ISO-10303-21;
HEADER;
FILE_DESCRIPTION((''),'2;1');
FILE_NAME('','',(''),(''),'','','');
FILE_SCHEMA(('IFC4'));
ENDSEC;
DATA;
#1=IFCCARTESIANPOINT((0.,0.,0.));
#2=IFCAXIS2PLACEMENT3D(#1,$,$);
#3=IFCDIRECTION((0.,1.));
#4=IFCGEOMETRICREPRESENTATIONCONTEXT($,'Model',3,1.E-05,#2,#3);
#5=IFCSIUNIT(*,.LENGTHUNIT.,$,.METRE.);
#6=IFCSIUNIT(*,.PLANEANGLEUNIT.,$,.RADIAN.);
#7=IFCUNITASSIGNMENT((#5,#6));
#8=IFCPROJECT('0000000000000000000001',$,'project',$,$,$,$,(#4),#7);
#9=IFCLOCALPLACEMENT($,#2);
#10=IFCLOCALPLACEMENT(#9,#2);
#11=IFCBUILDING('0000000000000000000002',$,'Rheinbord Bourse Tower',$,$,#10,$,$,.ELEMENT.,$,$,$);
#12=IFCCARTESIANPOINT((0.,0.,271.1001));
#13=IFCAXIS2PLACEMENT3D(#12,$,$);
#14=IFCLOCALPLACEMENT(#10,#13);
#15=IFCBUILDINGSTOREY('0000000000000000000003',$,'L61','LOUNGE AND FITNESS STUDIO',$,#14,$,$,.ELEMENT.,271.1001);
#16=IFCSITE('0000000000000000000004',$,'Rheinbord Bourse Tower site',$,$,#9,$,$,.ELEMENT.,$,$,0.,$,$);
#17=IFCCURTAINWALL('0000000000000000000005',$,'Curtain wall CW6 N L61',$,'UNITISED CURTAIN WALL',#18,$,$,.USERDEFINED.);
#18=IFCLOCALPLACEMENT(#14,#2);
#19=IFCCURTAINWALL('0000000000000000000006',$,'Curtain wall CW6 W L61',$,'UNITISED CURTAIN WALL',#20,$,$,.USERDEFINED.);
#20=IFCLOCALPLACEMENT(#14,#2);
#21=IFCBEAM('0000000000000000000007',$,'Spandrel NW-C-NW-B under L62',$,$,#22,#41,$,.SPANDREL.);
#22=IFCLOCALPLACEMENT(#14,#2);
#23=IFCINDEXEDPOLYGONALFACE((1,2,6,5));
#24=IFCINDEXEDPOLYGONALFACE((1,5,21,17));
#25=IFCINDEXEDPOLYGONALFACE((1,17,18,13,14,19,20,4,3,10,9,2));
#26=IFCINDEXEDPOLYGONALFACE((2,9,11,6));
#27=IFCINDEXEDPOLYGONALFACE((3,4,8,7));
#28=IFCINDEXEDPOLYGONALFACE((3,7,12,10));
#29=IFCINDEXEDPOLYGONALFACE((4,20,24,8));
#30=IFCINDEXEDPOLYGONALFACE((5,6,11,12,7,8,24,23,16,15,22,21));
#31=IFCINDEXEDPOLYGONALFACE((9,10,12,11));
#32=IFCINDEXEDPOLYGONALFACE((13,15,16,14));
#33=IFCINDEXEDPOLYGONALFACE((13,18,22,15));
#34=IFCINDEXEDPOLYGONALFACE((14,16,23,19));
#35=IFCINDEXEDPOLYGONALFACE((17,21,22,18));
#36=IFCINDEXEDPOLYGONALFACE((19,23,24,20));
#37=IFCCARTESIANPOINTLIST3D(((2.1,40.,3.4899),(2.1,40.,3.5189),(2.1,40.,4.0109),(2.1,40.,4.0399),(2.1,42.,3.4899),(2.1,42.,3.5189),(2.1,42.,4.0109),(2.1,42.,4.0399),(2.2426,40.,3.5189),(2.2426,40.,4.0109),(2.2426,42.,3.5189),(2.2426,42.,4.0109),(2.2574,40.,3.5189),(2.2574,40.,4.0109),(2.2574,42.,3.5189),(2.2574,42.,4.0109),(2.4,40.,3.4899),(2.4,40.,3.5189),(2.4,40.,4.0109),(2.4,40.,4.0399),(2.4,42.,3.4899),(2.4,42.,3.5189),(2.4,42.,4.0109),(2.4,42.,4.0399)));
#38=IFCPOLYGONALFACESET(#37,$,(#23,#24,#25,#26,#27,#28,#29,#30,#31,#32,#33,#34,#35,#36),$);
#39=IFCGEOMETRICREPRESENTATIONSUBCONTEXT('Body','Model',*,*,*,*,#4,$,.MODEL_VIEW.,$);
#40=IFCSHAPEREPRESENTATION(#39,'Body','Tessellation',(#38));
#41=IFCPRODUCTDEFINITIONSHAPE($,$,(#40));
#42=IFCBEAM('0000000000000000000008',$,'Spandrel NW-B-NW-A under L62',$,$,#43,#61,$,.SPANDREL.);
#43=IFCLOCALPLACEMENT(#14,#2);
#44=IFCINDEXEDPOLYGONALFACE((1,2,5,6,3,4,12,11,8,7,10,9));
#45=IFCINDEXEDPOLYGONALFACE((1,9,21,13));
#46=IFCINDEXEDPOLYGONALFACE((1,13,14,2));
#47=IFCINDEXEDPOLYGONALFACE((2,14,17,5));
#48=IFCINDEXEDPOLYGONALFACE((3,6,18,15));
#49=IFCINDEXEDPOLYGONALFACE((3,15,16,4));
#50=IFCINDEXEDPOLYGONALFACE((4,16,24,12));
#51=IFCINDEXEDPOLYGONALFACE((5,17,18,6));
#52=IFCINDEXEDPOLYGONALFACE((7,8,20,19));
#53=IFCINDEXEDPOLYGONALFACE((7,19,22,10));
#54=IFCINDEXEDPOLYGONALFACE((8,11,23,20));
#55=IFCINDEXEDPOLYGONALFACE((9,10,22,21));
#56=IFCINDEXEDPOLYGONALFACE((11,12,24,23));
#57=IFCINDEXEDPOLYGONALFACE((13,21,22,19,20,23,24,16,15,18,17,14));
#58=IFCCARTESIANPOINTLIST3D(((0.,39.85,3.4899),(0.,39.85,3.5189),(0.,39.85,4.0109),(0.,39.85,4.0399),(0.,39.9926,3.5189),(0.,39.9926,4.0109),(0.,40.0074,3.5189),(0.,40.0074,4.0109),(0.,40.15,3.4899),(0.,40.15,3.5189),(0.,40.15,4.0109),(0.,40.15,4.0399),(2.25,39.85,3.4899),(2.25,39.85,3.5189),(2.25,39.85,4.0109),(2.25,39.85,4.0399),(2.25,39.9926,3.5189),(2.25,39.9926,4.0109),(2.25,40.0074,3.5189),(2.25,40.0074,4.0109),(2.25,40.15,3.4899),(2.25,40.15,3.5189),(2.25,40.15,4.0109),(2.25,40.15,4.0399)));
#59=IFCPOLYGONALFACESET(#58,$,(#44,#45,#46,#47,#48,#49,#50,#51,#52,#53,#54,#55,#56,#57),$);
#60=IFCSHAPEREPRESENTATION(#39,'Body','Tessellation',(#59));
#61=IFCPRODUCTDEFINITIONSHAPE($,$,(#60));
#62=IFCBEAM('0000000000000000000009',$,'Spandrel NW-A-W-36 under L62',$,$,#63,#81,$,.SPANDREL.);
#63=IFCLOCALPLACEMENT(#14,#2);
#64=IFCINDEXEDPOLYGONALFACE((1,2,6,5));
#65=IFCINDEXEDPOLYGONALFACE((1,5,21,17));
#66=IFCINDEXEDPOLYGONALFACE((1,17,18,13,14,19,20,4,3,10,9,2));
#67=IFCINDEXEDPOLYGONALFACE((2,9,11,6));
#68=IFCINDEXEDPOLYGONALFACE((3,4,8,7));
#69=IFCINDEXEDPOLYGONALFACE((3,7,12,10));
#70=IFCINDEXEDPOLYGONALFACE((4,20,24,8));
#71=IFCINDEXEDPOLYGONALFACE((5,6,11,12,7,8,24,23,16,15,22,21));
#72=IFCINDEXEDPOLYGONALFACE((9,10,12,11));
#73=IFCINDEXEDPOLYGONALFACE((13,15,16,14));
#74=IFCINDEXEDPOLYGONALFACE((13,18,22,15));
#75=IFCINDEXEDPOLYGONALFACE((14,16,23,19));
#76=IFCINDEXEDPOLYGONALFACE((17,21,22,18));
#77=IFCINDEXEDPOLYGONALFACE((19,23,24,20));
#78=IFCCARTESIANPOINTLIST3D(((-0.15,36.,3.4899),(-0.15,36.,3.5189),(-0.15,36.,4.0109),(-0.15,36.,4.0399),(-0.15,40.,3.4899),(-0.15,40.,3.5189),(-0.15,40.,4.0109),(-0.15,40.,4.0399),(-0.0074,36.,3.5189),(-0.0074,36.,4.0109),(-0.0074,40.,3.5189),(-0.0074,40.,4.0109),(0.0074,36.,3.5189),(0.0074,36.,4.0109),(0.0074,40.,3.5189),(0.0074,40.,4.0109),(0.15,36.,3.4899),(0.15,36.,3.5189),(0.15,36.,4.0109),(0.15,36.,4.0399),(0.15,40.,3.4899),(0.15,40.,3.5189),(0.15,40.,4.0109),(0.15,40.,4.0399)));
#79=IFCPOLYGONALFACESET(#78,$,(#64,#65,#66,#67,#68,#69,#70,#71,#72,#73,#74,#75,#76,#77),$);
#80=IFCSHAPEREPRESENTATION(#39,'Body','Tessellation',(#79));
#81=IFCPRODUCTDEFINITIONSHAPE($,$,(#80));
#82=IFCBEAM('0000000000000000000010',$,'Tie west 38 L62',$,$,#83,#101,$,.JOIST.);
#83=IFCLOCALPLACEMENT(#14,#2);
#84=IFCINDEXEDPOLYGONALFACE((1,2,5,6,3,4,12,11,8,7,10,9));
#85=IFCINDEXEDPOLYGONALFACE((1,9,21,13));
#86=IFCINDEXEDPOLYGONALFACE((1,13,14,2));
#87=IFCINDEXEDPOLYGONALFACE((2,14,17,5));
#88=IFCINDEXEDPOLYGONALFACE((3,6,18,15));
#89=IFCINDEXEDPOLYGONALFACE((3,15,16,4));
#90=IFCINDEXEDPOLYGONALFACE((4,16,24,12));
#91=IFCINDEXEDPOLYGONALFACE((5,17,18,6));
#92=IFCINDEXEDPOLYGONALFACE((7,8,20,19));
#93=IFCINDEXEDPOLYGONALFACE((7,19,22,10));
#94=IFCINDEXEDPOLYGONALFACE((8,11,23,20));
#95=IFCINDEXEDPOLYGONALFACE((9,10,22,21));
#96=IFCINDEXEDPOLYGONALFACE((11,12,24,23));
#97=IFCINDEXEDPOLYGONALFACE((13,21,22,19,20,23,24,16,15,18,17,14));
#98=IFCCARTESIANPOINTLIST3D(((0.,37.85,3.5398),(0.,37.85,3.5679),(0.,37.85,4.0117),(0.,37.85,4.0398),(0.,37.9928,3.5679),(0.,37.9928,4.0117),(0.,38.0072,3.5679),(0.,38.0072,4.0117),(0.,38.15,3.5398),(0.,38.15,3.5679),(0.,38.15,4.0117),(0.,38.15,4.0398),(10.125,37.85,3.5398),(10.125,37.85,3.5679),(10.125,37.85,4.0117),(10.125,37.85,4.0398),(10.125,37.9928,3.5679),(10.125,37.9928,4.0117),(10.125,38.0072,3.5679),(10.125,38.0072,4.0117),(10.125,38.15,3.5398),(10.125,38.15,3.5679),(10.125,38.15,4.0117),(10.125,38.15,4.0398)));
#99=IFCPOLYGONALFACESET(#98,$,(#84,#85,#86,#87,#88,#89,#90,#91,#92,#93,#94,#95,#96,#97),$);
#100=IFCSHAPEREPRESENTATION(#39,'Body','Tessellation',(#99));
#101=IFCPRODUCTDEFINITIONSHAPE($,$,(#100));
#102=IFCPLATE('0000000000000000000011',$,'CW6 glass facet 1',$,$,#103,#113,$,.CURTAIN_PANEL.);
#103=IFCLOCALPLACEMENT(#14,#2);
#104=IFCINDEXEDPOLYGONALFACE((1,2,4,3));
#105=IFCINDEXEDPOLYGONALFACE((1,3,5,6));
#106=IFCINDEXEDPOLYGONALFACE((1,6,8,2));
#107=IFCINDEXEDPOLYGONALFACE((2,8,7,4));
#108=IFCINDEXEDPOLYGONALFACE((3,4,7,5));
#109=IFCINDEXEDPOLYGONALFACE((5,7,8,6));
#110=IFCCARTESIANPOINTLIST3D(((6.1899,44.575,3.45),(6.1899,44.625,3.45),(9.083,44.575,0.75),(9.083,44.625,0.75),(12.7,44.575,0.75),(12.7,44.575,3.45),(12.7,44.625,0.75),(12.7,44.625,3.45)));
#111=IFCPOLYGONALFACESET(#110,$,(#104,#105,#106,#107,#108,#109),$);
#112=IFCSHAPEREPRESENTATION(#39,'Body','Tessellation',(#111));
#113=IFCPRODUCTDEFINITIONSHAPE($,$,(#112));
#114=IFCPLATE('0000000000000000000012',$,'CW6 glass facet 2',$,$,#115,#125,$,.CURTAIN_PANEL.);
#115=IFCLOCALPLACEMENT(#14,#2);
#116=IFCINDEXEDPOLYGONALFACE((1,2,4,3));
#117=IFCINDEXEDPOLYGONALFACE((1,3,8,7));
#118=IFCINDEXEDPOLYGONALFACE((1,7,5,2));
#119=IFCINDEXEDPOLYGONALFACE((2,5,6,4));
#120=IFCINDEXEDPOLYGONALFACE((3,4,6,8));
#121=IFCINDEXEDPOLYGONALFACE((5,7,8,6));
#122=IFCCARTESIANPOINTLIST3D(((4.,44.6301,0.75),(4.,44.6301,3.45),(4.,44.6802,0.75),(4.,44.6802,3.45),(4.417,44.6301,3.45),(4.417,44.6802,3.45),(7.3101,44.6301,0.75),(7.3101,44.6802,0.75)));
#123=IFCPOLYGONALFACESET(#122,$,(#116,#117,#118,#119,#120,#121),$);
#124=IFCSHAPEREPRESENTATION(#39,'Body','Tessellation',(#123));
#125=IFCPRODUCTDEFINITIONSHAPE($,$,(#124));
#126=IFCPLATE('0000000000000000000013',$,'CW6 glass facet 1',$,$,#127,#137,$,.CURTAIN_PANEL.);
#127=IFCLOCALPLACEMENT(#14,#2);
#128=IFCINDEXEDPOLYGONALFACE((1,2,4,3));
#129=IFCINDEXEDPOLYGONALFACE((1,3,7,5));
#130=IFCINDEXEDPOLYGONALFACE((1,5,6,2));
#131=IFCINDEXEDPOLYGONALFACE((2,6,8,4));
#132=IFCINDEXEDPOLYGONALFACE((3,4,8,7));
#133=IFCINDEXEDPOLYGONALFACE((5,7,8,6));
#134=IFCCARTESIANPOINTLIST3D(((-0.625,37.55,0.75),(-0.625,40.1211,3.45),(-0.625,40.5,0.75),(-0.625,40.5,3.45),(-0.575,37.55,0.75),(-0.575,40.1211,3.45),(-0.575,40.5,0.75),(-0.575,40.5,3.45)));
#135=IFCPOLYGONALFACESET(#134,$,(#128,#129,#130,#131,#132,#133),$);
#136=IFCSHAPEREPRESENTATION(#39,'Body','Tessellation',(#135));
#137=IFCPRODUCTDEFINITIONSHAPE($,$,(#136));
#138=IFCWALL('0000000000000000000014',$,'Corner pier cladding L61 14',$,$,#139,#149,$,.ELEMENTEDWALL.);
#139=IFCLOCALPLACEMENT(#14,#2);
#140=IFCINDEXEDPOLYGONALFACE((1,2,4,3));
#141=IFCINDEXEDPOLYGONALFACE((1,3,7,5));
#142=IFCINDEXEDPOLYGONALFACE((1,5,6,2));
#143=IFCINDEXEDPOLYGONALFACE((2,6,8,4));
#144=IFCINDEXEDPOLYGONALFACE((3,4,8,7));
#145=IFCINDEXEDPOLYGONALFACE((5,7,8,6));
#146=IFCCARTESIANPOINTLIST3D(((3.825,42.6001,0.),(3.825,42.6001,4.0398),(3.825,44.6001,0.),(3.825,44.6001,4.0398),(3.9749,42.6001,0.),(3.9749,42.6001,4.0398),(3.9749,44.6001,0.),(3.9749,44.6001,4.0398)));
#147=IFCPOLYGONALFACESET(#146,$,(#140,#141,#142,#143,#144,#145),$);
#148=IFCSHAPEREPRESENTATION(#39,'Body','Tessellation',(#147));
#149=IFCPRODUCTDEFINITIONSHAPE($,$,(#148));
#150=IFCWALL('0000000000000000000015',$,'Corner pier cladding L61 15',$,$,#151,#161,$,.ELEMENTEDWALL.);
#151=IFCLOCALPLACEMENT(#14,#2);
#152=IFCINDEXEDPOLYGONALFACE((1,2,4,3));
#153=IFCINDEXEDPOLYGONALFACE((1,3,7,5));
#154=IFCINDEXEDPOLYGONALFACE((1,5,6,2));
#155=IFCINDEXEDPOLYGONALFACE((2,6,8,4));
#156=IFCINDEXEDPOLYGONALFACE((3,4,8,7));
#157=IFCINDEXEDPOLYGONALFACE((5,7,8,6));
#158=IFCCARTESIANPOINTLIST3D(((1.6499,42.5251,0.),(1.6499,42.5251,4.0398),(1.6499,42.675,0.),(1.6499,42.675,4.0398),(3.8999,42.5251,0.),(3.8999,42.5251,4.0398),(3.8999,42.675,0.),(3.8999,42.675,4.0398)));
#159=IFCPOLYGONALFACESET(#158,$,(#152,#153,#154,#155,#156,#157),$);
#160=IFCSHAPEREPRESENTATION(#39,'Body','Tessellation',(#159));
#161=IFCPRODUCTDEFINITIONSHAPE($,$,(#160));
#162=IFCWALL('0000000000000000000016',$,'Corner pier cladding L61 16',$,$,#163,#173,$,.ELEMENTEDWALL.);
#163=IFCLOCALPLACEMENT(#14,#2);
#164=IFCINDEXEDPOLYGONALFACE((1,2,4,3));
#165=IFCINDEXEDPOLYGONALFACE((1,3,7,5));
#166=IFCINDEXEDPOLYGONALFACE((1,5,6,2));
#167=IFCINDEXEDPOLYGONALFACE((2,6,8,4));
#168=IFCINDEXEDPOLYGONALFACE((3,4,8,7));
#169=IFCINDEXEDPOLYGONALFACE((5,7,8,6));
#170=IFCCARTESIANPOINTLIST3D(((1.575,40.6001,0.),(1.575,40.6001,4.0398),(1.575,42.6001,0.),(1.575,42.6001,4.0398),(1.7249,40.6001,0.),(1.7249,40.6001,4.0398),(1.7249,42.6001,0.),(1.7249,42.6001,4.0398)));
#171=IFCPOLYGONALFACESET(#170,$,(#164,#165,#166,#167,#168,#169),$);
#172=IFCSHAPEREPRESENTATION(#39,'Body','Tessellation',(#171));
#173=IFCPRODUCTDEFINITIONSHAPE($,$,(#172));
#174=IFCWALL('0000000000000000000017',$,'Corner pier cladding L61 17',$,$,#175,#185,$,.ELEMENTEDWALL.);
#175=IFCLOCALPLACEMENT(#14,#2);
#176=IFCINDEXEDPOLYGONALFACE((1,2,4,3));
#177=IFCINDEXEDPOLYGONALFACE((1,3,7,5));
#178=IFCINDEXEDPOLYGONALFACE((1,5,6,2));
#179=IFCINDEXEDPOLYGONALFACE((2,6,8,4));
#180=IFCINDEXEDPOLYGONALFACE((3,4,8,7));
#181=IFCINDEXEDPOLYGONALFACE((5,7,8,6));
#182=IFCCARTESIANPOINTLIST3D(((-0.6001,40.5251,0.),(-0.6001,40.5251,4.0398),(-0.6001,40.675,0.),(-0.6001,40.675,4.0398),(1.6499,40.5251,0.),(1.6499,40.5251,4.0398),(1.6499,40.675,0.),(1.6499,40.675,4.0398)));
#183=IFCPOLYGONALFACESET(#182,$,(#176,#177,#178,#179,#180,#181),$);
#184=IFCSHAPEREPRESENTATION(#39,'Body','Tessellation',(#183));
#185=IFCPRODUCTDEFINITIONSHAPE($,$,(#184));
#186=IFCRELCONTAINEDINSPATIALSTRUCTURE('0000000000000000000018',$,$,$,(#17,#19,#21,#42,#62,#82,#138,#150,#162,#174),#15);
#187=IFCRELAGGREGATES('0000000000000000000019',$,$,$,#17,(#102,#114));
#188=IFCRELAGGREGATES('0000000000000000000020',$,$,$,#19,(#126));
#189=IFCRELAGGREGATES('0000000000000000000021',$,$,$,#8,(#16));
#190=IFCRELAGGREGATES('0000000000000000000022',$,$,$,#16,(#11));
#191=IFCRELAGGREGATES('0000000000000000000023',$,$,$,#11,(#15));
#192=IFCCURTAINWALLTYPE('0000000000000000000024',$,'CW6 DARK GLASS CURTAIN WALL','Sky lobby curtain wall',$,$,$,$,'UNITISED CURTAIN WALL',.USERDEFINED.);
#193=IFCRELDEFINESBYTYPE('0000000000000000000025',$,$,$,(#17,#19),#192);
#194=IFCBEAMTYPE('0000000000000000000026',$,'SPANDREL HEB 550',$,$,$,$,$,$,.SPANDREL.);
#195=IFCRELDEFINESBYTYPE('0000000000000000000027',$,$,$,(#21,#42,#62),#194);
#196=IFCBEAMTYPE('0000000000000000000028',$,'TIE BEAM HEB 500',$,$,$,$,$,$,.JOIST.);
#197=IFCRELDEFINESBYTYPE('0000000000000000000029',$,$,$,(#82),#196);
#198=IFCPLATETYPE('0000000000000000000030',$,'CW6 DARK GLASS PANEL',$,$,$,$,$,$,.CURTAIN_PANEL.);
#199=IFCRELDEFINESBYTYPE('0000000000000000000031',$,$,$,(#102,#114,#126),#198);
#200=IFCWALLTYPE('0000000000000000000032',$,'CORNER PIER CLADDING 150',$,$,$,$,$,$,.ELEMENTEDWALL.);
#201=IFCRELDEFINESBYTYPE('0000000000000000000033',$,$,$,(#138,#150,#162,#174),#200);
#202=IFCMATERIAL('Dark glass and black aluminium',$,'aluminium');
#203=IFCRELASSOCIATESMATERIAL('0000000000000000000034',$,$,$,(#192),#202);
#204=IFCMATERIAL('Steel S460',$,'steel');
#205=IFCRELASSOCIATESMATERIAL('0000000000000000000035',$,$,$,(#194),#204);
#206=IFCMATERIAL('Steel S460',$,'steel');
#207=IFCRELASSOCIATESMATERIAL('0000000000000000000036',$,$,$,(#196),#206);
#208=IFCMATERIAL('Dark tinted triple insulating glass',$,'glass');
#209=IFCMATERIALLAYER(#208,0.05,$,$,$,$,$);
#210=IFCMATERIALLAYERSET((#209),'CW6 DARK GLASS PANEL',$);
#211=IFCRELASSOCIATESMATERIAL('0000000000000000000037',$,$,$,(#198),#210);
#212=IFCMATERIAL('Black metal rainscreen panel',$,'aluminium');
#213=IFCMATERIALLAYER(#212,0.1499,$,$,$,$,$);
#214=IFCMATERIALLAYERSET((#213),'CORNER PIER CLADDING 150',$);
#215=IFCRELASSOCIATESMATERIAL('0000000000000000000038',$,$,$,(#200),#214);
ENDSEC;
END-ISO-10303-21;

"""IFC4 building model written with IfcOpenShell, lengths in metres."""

from ifc_helpers import new_model, si_unit, direction, frame, frame_2d, origin, origin_2d, place, context, subcontext, project, spatial, polyline, rectangle, i_section, outline, extrude, material, layer, layer_set, material_profile, profile_set, type_object, element, aggregate, save


model = new_model("IFC4")

# Units and contexts
model_context = context("Model", 3, precision=1e-05, world=origin(), true_north=direction((0.0, 1.0)))
body_context = subcontext(model_context, "Body", "Model", "MODEL_VIEW")
ifc_project = project(units=[si_unit("LENGTHUNIT", "METRE"), si_unit("PLANEANGLEUNIT", "RADIAN")], contexts=[model_context])

# Site, building, storey
site_placement = place(None, origin())
site = spatial("IfcSite", under=ifc_project, at=site_placement, Name="Rheinbord Bourse Tower site", CompositionType="ELEMENT", RefElevation=0.0)
building_placement = place(site_placement, origin())
building = spatial("IfcBuilding", under=site, at=building_placement, Name="Rheinbord Bourse Tower", CompositionType="ELEMENT")
storey_placement = place(building_placement, frame((0.0, 0.0, 271.1001)))
storey = spatial("IfcBuildingStorey", under=building, at=storey_placement, Name="L61", Description="LOUNGE AND FITNESS STUDIO", CompositionType="ELEMENT", Elevation=271.1001)

# Curtain wall
ifc_material_1 = material(Name="Dark glass and black aluminium", Category="aluminium")
curtain_wall_type = type_object("IfcCurtainWallType", Name="CW6 DARK GLASS CURTAIN WALL", Description="Sky lobby curtain wall", ElementType="UNITISED CURTAIN WALL", PredefinedType="USERDEFINED", material=ifc_material_1)
curtain_wall_1_placement = place(storey_placement, origin())
curtain_wall_1 = element("IfcCurtainWall", 1, at=curtain_wall_1_placement, inside=storey, type_object=curtain_wall_type, Name="Curtain wall CW6 N L61", ObjectType="UNITISED CURTAIN WALL", PredefinedType="USERDEFINED")

# Curtain wall
curtain_wall_2_placement = place(storey_placement, origin())
curtain_wall_2 = element("IfcCurtainWall", 2, at=curtain_wall_2_placement, inside=storey, type_object=curtain_wall_type, Name="Curtain wall CW6 W L61", ObjectType="UNITISED CURTAIN WALL", PredefinedType="USERDEFINED")

# Beams
ifc_material_2 = material(Name="Steel S460", Category="steel")
ifc_material_profile_1 = material_profile(ifc_material_2, i_section(OverallWidth=0.3, OverallDepth=0.55, WebThickness=0.0149, FlangeThickness=0.0291, at=origin_2d()), Name="HEB 550")
ifc_profile_set_1 = profile_set([ifc_material_profile_1], Name="Steel S460")
beam_type_1 = type_object("IfcBeamType", Name="SPANDREL HEB 550", PredefinedType="SPANDREL", material=ifc_profile_set_1)
beam_1_placement = place(storey_placement, frame((2.25, 42.0, 3.7649), z_axis=(0.0, -1.0, 0.0), x_axis=(1.0, 0.0, 0.0)))
element("IfcBeam", 3, at=beam_1_placement, inside=storey, type_object=beam_type_1, Name="Spandrel NW-C-NW-B under L62", PredefinedType="SPANDREL", context=body_context, shape_type="SweptSolid", body=[
    extrude(i_section(OverallWidth=0.3, OverallDepth=0.55, WebThickness=0.0149, FlangeThickness=0.0291, at=origin_2d()), origin(), (0.0, 0.0, 1.0), 2.0),
])
beam_2_placement = place(storey_placement, frame((2.25, 40.0, 3.7649), z_axis=(-1.0, 0.0, 0.0), x_axis=(0.0, -1.0, 0.0)))
element("IfcBeam", 4, at=beam_2_placement, inside=storey, type_object=beam_type_1, Name="Spandrel NW-B-NW-A under L62", PredefinedType="SPANDREL", context=body_context, shape_type="SweptSolid", body=[
    extrude(i_section(OverallWidth=0.3, OverallDepth=0.55, WebThickness=0.0149, FlangeThickness=0.0291, at=origin_2d()), origin(), (0.0, 0.0, 1.0), 2.25),
])
beam_3_placement = place(storey_placement, frame((0.0, 40.0, 3.7649), z_axis=(0.0, -1.0, 0.0), x_axis=(1.0, 0.0, 0.0)))
element("IfcBeam", 5, at=beam_3_placement, inside=storey, type_object=beam_type_1, Name="Spandrel NW-A-W-36 under L62", PredefinedType="SPANDREL", context=body_context, shape_type="SweptSolid", body=[
    extrude(i_section(OverallWidth=0.3, OverallDepth=0.55, WebThickness=0.0149, FlangeThickness=0.0291, at=origin_2d()), origin(), (0.0, 0.0, 1.0), 4.0),
])
ifc_material_3 = material(Name="Steel S460", Category="steel")
ifc_material_profile_2 = material_profile(ifc_material_3, i_section(OverallWidth=0.3, OverallDepth=0.5, WebThickness=0.0144, FlangeThickness=0.0281, at=origin_2d()), Name="HEB 500")
ifc_profile_set_2 = profile_set([ifc_material_profile_2], Name="Steel S460")
beam_type_2 = type_object("IfcBeamType", Name="TIE BEAM HEB 500", PredefinedType="JOIST", material=ifc_profile_set_2)
beam_4_placement = place(storey_placement, frame((0.0, 38.0, 3.7898), z_axis=(1.0, 0.0, 0.0), x_axis=(0.0, 1.0, 0.0)))
element("IfcBeam", 6, at=beam_4_placement, inside=storey, type_object=beam_type_2, Name="Tie west 38 L62", PredefinedType="JOIST", context=body_context, shape_type="SweptSolid", body=[
    extrude(i_section(OverallWidth=0.3, OverallDepth=0.5, WebThickness=0.0144, FlangeThickness=0.0281, at=origin_2d()), origin(), (0.0, 0.0, 1.0), 10.125),
])

# Plates
ifc_material_4 = material(Name="Dark tinted triple insulating glass", Category="glass")
ifc_layer_1 = layer(ifc_material_4, 0.05)
ifc_layer_set_1 = layer_set([ifc_layer_1], Name="CW6 DARK GLASS PANEL")
plate_type = type_object("IfcPlateType", Name="CW6 DARK GLASS PANEL", PredefinedType="CURTAIN_PANEL", material=ifc_layer_set_1)
plate_1_placement = place(storey_placement, frame((12.7, 44.625, 0.75), z_axis=(0.0, -1.0, 0.0), x_axis=(0.0, 0.0, 1.0)))
plate_1 = element("IfcPlate", 7, at=plate_1_placement, type_object=plate_type, Name="CW6 glass facet 1", PredefinedType="CURTAIN_PANEL", context=body_context, shape_type="SweptSolid", body=[
    extrude(outline(polyline([(0.0, 0.0), (2.7, 0.0), (2.7, 6.51), (0.0, 3.6169), (0.0, 0.0)])), origin(), (0.0, 0.0, 1.0), 0.05),
])
plate_2_placement = place(storey_placement, frame((4.0, 44.6802, 3.45), z_axis=(0.0, -1.0, 0.0), x_axis=(0.0, 0.0, -1.0)))
plate_2 = element("IfcPlate", 8, at=plate_2_placement, type_object=plate_type, Name="CW6 glass facet 2", PredefinedType="CURTAIN_PANEL", context=body_context, shape_type="SweptSolid", body=[
    extrude(outline(polyline([(0.0, 0.0), (2.7, 0.0), (2.7, 3.3101), (0.0, 0.417), (0.0, 0.0)])), origin(), (0.0, 0.0, 1.0), 0.05),
])
aggregate(curtain_wall_1, [plate_1, plate_2])
plate_3_placement = place(storey_placement, frame((-0.625, 40.5, 0.75), z_axis=(1.0, 0.0, 0.0), x_axis=(0.0, 0.0, 1.0)))
plate_3 = element("IfcPlate", 9, at=plate_3_placement, type_object=plate_type, Name="CW6 glass facet 1", PredefinedType="CURTAIN_PANEL", context=body_context, shape_type="SweptSolid", body=[
    extrude(outline(polyline([(0.0, 0.0), (2.7, 0.0), (2.7, 0.3789), (0.0, 2.95), (0.0, 0.0)])), origin(), (0.0, 0.0, 1.0), 0.05),
])
aggregate(curtain_wall_2, [plate_3])

# Walls
ifc_material_5 = material(Name="Black metal rainscreen panel", Category="aluminium")
ifc_layer_2 = layer(ifc_material_5, 0.1499)
ifc_layer_set_2 = layer_set([ifc_layer_2], Name="CORNER PIER CLADDING 150")
wall_type = type_object("IfcWallType", Name="CORNER PIER CLADDING 150", PredefinedType="ELEMENTEDWALL", material=ifc_layer_set_2)
wall_1_placement = place(storey_placement, frame((3.8999, 44.6001, 0.0), z_axis=(0.0, 0.0, 1.0), x_axis=(0.0, -1.0, 0.0)))
element("IfcWall", 10, at=wall_1_placement, inside=storey, type_object=wall_type, Name="Corner pier cladding L61 14", PredefinedType="ELEMENTEDWALL", context=body_context, shape_type="SweptSolid", body=[
    extrude(rectangle(XDim=2.0, YDim=0.1499, at=frame_2d((1.0, 0.0))), origin(), (0.0, 0.0, 1.0), 4.0398),
])
wall_2_placement = place(storey_placement, frame((3.8999, 42.6001, 0.0), z_axis=(0.0, 0.0, 1.0), x_axis=(-1.0, 0.0, 0.0)))
element("IfcWall", 11, at=wall_2_placement, inside=storey, type_object=wall_type, Name="Corner pier cladding L61 15", PredefinedType="ELEMENTEDWALL", context=body_context, shape_type="SweptSolid", body=[
    extrude(rectangle(XDim=2.25, YDim=0.1499, at=frame_2d((1.125, 0.0))), origin(), (0.0, 0.0, 1.0), 4.0398),
])
wall_3_placement = place(storey_placement, frame((1.6499, 42.6001, 0.0), z_axis=(0.0, 0.0, 1.0), x_axis=(0.0, -1.0, 0.0)))
element("IfcWall", 12, at=wall_3_placement, inside=storey, type_object=wall_type, Name="Corner pier cladding L61 16", PredefinedType="ELEMENTEDWALL", context=body_context, shape_type="SweptSolid", body=[
    extrude(rectangle(XDim=2.0, YDim=0.1499, at=frame_2d((1.0, 0.0))), origin(), (0.0, 0.0, 1.0), 4.0398),
])
wall_4_placement = place(storey_placement, frame((1.6499, 40.6001, 0.0), z_axis=(0.0, 0.0, 1.0), x_axis=(-1.0, 0.0, 0.0)))
element("IfcWall", 13, at=wall_4_placement, inside=storey, type_object=wall_type, Name="Corner pier cladding L61 17", PredefinedType="ELEMENTEDWALL", context=body_context, shape_type="SweptSolid", body=[
    extrude(rectangle(XDim=2.25, YDim=0.1499, at=frame_2d((1.125, 0.0))), origin(), (0.0, 0.0, 1.0), 4.0398),
])

save(model, "model.ifc")
